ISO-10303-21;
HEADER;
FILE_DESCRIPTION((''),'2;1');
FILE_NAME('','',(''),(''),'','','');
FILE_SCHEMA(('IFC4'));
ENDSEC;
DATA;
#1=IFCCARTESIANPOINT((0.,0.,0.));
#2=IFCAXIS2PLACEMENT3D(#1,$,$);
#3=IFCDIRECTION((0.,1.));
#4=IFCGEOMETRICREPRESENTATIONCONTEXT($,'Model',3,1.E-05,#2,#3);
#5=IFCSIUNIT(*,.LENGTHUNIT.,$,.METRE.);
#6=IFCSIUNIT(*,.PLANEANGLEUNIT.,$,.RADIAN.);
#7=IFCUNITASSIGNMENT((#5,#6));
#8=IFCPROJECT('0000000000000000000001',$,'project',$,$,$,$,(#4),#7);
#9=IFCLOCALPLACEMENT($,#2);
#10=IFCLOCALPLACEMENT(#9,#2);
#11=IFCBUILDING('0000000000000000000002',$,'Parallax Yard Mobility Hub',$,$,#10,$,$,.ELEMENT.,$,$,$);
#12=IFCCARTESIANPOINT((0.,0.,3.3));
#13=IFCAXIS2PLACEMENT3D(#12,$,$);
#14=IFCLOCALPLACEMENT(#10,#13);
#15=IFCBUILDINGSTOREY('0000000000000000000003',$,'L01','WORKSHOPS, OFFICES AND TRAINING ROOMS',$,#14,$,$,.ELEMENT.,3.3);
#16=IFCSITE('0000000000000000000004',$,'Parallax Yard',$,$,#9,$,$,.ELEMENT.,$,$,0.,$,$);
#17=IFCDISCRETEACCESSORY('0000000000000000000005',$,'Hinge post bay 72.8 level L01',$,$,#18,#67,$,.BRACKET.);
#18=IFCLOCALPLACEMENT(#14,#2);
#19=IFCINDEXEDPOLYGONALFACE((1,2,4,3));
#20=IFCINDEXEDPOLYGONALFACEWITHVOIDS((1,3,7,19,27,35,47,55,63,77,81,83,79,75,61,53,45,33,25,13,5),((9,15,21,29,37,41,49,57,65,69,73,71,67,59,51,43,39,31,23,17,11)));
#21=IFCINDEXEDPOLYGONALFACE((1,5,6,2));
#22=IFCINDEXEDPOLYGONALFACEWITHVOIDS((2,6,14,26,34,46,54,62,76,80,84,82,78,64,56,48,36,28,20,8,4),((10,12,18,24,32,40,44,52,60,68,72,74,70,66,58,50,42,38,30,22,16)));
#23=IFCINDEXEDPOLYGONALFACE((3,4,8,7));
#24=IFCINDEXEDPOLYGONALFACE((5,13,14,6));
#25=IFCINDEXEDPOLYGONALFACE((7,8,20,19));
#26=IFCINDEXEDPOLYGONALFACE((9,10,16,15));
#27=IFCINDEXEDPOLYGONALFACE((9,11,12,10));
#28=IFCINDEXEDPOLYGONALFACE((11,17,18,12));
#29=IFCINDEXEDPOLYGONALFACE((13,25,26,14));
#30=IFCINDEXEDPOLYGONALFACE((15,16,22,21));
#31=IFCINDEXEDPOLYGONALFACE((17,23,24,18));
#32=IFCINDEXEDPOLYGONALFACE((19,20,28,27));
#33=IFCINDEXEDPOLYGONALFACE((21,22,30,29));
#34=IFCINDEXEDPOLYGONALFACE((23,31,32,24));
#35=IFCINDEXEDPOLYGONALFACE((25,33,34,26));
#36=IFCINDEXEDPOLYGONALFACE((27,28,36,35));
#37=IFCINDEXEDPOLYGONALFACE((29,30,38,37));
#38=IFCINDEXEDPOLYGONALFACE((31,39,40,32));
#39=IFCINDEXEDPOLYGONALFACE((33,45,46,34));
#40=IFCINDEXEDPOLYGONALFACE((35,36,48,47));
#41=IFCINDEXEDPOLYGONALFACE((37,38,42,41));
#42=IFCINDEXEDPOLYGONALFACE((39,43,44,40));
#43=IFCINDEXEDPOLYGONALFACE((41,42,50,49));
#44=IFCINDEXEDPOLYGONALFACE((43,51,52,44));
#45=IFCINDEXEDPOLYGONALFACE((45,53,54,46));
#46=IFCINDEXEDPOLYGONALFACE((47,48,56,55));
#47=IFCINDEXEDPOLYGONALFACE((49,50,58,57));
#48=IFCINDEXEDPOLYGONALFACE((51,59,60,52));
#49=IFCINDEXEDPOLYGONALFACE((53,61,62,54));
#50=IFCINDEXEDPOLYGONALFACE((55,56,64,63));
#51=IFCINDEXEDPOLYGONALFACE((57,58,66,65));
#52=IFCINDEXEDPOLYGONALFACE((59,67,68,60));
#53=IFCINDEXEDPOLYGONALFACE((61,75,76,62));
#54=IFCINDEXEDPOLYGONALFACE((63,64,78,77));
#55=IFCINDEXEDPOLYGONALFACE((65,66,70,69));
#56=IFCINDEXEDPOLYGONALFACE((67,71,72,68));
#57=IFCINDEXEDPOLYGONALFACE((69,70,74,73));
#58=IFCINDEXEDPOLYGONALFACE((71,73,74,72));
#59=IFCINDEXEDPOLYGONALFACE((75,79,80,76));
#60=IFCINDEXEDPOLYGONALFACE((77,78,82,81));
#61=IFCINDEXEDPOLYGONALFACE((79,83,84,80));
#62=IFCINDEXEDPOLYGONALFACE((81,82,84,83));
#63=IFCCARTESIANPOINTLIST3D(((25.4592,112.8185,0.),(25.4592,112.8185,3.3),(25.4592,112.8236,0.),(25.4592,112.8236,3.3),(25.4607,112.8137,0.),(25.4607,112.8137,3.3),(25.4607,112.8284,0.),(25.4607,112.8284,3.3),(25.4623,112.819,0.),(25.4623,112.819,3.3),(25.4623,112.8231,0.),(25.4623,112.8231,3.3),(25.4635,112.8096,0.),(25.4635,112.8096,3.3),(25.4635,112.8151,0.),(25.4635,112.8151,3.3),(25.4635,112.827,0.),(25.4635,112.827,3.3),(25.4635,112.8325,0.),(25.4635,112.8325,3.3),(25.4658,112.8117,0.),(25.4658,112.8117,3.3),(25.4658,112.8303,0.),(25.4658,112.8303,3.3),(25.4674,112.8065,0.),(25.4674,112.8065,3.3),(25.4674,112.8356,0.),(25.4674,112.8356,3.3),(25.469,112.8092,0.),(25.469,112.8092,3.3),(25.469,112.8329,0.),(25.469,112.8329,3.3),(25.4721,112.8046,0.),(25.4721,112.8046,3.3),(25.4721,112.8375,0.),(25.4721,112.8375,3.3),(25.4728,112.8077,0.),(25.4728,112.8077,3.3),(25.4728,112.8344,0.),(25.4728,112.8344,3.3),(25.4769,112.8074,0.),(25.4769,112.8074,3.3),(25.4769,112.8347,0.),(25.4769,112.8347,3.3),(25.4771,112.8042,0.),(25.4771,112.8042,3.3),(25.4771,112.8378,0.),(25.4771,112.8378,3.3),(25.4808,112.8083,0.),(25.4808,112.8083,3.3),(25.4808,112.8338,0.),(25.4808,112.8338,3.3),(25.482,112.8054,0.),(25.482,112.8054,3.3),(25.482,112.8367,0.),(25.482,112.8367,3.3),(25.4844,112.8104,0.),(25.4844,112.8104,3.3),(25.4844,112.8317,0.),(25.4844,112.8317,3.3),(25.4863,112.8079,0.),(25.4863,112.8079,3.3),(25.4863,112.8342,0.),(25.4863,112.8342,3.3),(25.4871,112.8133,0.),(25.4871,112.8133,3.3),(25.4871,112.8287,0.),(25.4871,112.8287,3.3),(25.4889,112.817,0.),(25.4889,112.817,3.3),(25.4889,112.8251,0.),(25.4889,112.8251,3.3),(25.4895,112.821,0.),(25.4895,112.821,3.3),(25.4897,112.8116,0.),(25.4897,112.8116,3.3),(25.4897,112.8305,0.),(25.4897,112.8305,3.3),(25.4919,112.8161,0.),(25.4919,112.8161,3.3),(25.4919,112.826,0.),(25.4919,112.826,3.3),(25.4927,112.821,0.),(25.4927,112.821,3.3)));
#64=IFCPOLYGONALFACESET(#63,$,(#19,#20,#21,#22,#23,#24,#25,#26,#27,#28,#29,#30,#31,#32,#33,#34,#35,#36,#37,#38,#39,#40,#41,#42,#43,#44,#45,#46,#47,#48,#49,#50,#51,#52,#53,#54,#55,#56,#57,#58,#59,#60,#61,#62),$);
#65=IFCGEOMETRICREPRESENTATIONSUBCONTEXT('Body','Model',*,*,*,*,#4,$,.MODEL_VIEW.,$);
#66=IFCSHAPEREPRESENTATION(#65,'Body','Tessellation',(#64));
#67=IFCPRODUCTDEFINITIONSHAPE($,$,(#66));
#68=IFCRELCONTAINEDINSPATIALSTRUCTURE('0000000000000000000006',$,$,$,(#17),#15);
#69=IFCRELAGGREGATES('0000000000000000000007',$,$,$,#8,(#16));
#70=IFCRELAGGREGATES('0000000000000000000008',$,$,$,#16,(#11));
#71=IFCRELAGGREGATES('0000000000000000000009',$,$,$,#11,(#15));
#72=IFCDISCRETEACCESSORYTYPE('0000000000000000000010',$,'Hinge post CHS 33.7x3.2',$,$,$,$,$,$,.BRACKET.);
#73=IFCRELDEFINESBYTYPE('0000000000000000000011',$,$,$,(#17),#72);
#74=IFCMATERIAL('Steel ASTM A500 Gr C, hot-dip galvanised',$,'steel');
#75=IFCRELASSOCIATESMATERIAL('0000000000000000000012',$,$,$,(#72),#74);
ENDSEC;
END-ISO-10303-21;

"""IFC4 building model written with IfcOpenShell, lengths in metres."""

from ifc_helpers import new_model, si_unit, direction, frame, origin, origin_2d, place, context, subcontext, project, spatial, hollow_circle, extrude, material, material_profile, profile_set, type_object, element, save


model = new_model("IFC4")

# Units and contexts
model_context = context("Model", 3, precision=1e-05, world=origin(), true_north=direction((0.0, 1.0)))
body_context = subcontext(model_context, "Body", "Model", "MODEL_VIEW")
ifc_project = project(units=[si_unit("LENGTHUNIT", "METRE"), si_unit("PLANEANGLEUNIT", "RADIAN")], contexts=[model_context])

# Site, building, storey
site_placement = place(None, origin())
site = spatial("IfcSite", under=ifc_project, at=site_placement, Name="Parallax Yard", CompositionType="ELEMENT", RefElevation=0.0)
building_placement = place(site_placement, origin())
building = spatial("IfcBuilding", under=site, at=building_placement, Name="Parallax Yard Mobility Hub", CompositionType="ELEMENT")
storey_placement = place(building_placement, frame((0.0, 0.0, 3.3)))
storey = spatial("IfcBuildingStorey", under=building, at=storey_placement, Name="L01", Description="WORKSHOPS, OFFICES AND TRAINING ROOMS", CompositionType="ELEMENT", Elevation=3.3)

# Discrete accessory
ifc_material_1 = material(Name="Steel ASTM A500 Gr C, hot-dip galvanised", Category="steel")
ifc_material_profile_1 = material_profile(ifc_material_1, hollow_circle(Radius=0.0168, WallThickness=0.0032, at=origin_2d()), Name="CHS 33.7x3.2")
ifc_profile_set_1 = profile_set([ifc_material_profile_1], Name="Steel ASTM A500 Gr C, hot-dip galvanised")
discrete_accessory_type_1 = type_object("IfcDiscreteAccessoryType", Name="Hinge post CHS 33.7x3.2", PredefinedType="BRACKET", material=ifc_profile_set_1)
for number, where, z_axis, x_axis, name in (
    (1, (25.4758, 112.821, 0.0), (0.0, 0.0, 1.0), (1.0, 0.0, 0.0), "Hinge post bay 72.8 level L01"),
):
    element("IfcDiscreteAccessory", number, at=place(storey_placement, frame(where, z_axis=z_axis, x_axis=x_axis)), inside=storey, type_object=discrete_accessory_type_1, Name=name, PredefinedType="BRACKET", context=body_context, shape_type="SweptSolid", body=[
        extrude(hollow_circle(Radius=0.0168, WallThickness=0.0032, at=origin_2d()), origin(), (0.0, 0.0, 1.0), 3.3),
    ])

save(model, "model.ifc")
